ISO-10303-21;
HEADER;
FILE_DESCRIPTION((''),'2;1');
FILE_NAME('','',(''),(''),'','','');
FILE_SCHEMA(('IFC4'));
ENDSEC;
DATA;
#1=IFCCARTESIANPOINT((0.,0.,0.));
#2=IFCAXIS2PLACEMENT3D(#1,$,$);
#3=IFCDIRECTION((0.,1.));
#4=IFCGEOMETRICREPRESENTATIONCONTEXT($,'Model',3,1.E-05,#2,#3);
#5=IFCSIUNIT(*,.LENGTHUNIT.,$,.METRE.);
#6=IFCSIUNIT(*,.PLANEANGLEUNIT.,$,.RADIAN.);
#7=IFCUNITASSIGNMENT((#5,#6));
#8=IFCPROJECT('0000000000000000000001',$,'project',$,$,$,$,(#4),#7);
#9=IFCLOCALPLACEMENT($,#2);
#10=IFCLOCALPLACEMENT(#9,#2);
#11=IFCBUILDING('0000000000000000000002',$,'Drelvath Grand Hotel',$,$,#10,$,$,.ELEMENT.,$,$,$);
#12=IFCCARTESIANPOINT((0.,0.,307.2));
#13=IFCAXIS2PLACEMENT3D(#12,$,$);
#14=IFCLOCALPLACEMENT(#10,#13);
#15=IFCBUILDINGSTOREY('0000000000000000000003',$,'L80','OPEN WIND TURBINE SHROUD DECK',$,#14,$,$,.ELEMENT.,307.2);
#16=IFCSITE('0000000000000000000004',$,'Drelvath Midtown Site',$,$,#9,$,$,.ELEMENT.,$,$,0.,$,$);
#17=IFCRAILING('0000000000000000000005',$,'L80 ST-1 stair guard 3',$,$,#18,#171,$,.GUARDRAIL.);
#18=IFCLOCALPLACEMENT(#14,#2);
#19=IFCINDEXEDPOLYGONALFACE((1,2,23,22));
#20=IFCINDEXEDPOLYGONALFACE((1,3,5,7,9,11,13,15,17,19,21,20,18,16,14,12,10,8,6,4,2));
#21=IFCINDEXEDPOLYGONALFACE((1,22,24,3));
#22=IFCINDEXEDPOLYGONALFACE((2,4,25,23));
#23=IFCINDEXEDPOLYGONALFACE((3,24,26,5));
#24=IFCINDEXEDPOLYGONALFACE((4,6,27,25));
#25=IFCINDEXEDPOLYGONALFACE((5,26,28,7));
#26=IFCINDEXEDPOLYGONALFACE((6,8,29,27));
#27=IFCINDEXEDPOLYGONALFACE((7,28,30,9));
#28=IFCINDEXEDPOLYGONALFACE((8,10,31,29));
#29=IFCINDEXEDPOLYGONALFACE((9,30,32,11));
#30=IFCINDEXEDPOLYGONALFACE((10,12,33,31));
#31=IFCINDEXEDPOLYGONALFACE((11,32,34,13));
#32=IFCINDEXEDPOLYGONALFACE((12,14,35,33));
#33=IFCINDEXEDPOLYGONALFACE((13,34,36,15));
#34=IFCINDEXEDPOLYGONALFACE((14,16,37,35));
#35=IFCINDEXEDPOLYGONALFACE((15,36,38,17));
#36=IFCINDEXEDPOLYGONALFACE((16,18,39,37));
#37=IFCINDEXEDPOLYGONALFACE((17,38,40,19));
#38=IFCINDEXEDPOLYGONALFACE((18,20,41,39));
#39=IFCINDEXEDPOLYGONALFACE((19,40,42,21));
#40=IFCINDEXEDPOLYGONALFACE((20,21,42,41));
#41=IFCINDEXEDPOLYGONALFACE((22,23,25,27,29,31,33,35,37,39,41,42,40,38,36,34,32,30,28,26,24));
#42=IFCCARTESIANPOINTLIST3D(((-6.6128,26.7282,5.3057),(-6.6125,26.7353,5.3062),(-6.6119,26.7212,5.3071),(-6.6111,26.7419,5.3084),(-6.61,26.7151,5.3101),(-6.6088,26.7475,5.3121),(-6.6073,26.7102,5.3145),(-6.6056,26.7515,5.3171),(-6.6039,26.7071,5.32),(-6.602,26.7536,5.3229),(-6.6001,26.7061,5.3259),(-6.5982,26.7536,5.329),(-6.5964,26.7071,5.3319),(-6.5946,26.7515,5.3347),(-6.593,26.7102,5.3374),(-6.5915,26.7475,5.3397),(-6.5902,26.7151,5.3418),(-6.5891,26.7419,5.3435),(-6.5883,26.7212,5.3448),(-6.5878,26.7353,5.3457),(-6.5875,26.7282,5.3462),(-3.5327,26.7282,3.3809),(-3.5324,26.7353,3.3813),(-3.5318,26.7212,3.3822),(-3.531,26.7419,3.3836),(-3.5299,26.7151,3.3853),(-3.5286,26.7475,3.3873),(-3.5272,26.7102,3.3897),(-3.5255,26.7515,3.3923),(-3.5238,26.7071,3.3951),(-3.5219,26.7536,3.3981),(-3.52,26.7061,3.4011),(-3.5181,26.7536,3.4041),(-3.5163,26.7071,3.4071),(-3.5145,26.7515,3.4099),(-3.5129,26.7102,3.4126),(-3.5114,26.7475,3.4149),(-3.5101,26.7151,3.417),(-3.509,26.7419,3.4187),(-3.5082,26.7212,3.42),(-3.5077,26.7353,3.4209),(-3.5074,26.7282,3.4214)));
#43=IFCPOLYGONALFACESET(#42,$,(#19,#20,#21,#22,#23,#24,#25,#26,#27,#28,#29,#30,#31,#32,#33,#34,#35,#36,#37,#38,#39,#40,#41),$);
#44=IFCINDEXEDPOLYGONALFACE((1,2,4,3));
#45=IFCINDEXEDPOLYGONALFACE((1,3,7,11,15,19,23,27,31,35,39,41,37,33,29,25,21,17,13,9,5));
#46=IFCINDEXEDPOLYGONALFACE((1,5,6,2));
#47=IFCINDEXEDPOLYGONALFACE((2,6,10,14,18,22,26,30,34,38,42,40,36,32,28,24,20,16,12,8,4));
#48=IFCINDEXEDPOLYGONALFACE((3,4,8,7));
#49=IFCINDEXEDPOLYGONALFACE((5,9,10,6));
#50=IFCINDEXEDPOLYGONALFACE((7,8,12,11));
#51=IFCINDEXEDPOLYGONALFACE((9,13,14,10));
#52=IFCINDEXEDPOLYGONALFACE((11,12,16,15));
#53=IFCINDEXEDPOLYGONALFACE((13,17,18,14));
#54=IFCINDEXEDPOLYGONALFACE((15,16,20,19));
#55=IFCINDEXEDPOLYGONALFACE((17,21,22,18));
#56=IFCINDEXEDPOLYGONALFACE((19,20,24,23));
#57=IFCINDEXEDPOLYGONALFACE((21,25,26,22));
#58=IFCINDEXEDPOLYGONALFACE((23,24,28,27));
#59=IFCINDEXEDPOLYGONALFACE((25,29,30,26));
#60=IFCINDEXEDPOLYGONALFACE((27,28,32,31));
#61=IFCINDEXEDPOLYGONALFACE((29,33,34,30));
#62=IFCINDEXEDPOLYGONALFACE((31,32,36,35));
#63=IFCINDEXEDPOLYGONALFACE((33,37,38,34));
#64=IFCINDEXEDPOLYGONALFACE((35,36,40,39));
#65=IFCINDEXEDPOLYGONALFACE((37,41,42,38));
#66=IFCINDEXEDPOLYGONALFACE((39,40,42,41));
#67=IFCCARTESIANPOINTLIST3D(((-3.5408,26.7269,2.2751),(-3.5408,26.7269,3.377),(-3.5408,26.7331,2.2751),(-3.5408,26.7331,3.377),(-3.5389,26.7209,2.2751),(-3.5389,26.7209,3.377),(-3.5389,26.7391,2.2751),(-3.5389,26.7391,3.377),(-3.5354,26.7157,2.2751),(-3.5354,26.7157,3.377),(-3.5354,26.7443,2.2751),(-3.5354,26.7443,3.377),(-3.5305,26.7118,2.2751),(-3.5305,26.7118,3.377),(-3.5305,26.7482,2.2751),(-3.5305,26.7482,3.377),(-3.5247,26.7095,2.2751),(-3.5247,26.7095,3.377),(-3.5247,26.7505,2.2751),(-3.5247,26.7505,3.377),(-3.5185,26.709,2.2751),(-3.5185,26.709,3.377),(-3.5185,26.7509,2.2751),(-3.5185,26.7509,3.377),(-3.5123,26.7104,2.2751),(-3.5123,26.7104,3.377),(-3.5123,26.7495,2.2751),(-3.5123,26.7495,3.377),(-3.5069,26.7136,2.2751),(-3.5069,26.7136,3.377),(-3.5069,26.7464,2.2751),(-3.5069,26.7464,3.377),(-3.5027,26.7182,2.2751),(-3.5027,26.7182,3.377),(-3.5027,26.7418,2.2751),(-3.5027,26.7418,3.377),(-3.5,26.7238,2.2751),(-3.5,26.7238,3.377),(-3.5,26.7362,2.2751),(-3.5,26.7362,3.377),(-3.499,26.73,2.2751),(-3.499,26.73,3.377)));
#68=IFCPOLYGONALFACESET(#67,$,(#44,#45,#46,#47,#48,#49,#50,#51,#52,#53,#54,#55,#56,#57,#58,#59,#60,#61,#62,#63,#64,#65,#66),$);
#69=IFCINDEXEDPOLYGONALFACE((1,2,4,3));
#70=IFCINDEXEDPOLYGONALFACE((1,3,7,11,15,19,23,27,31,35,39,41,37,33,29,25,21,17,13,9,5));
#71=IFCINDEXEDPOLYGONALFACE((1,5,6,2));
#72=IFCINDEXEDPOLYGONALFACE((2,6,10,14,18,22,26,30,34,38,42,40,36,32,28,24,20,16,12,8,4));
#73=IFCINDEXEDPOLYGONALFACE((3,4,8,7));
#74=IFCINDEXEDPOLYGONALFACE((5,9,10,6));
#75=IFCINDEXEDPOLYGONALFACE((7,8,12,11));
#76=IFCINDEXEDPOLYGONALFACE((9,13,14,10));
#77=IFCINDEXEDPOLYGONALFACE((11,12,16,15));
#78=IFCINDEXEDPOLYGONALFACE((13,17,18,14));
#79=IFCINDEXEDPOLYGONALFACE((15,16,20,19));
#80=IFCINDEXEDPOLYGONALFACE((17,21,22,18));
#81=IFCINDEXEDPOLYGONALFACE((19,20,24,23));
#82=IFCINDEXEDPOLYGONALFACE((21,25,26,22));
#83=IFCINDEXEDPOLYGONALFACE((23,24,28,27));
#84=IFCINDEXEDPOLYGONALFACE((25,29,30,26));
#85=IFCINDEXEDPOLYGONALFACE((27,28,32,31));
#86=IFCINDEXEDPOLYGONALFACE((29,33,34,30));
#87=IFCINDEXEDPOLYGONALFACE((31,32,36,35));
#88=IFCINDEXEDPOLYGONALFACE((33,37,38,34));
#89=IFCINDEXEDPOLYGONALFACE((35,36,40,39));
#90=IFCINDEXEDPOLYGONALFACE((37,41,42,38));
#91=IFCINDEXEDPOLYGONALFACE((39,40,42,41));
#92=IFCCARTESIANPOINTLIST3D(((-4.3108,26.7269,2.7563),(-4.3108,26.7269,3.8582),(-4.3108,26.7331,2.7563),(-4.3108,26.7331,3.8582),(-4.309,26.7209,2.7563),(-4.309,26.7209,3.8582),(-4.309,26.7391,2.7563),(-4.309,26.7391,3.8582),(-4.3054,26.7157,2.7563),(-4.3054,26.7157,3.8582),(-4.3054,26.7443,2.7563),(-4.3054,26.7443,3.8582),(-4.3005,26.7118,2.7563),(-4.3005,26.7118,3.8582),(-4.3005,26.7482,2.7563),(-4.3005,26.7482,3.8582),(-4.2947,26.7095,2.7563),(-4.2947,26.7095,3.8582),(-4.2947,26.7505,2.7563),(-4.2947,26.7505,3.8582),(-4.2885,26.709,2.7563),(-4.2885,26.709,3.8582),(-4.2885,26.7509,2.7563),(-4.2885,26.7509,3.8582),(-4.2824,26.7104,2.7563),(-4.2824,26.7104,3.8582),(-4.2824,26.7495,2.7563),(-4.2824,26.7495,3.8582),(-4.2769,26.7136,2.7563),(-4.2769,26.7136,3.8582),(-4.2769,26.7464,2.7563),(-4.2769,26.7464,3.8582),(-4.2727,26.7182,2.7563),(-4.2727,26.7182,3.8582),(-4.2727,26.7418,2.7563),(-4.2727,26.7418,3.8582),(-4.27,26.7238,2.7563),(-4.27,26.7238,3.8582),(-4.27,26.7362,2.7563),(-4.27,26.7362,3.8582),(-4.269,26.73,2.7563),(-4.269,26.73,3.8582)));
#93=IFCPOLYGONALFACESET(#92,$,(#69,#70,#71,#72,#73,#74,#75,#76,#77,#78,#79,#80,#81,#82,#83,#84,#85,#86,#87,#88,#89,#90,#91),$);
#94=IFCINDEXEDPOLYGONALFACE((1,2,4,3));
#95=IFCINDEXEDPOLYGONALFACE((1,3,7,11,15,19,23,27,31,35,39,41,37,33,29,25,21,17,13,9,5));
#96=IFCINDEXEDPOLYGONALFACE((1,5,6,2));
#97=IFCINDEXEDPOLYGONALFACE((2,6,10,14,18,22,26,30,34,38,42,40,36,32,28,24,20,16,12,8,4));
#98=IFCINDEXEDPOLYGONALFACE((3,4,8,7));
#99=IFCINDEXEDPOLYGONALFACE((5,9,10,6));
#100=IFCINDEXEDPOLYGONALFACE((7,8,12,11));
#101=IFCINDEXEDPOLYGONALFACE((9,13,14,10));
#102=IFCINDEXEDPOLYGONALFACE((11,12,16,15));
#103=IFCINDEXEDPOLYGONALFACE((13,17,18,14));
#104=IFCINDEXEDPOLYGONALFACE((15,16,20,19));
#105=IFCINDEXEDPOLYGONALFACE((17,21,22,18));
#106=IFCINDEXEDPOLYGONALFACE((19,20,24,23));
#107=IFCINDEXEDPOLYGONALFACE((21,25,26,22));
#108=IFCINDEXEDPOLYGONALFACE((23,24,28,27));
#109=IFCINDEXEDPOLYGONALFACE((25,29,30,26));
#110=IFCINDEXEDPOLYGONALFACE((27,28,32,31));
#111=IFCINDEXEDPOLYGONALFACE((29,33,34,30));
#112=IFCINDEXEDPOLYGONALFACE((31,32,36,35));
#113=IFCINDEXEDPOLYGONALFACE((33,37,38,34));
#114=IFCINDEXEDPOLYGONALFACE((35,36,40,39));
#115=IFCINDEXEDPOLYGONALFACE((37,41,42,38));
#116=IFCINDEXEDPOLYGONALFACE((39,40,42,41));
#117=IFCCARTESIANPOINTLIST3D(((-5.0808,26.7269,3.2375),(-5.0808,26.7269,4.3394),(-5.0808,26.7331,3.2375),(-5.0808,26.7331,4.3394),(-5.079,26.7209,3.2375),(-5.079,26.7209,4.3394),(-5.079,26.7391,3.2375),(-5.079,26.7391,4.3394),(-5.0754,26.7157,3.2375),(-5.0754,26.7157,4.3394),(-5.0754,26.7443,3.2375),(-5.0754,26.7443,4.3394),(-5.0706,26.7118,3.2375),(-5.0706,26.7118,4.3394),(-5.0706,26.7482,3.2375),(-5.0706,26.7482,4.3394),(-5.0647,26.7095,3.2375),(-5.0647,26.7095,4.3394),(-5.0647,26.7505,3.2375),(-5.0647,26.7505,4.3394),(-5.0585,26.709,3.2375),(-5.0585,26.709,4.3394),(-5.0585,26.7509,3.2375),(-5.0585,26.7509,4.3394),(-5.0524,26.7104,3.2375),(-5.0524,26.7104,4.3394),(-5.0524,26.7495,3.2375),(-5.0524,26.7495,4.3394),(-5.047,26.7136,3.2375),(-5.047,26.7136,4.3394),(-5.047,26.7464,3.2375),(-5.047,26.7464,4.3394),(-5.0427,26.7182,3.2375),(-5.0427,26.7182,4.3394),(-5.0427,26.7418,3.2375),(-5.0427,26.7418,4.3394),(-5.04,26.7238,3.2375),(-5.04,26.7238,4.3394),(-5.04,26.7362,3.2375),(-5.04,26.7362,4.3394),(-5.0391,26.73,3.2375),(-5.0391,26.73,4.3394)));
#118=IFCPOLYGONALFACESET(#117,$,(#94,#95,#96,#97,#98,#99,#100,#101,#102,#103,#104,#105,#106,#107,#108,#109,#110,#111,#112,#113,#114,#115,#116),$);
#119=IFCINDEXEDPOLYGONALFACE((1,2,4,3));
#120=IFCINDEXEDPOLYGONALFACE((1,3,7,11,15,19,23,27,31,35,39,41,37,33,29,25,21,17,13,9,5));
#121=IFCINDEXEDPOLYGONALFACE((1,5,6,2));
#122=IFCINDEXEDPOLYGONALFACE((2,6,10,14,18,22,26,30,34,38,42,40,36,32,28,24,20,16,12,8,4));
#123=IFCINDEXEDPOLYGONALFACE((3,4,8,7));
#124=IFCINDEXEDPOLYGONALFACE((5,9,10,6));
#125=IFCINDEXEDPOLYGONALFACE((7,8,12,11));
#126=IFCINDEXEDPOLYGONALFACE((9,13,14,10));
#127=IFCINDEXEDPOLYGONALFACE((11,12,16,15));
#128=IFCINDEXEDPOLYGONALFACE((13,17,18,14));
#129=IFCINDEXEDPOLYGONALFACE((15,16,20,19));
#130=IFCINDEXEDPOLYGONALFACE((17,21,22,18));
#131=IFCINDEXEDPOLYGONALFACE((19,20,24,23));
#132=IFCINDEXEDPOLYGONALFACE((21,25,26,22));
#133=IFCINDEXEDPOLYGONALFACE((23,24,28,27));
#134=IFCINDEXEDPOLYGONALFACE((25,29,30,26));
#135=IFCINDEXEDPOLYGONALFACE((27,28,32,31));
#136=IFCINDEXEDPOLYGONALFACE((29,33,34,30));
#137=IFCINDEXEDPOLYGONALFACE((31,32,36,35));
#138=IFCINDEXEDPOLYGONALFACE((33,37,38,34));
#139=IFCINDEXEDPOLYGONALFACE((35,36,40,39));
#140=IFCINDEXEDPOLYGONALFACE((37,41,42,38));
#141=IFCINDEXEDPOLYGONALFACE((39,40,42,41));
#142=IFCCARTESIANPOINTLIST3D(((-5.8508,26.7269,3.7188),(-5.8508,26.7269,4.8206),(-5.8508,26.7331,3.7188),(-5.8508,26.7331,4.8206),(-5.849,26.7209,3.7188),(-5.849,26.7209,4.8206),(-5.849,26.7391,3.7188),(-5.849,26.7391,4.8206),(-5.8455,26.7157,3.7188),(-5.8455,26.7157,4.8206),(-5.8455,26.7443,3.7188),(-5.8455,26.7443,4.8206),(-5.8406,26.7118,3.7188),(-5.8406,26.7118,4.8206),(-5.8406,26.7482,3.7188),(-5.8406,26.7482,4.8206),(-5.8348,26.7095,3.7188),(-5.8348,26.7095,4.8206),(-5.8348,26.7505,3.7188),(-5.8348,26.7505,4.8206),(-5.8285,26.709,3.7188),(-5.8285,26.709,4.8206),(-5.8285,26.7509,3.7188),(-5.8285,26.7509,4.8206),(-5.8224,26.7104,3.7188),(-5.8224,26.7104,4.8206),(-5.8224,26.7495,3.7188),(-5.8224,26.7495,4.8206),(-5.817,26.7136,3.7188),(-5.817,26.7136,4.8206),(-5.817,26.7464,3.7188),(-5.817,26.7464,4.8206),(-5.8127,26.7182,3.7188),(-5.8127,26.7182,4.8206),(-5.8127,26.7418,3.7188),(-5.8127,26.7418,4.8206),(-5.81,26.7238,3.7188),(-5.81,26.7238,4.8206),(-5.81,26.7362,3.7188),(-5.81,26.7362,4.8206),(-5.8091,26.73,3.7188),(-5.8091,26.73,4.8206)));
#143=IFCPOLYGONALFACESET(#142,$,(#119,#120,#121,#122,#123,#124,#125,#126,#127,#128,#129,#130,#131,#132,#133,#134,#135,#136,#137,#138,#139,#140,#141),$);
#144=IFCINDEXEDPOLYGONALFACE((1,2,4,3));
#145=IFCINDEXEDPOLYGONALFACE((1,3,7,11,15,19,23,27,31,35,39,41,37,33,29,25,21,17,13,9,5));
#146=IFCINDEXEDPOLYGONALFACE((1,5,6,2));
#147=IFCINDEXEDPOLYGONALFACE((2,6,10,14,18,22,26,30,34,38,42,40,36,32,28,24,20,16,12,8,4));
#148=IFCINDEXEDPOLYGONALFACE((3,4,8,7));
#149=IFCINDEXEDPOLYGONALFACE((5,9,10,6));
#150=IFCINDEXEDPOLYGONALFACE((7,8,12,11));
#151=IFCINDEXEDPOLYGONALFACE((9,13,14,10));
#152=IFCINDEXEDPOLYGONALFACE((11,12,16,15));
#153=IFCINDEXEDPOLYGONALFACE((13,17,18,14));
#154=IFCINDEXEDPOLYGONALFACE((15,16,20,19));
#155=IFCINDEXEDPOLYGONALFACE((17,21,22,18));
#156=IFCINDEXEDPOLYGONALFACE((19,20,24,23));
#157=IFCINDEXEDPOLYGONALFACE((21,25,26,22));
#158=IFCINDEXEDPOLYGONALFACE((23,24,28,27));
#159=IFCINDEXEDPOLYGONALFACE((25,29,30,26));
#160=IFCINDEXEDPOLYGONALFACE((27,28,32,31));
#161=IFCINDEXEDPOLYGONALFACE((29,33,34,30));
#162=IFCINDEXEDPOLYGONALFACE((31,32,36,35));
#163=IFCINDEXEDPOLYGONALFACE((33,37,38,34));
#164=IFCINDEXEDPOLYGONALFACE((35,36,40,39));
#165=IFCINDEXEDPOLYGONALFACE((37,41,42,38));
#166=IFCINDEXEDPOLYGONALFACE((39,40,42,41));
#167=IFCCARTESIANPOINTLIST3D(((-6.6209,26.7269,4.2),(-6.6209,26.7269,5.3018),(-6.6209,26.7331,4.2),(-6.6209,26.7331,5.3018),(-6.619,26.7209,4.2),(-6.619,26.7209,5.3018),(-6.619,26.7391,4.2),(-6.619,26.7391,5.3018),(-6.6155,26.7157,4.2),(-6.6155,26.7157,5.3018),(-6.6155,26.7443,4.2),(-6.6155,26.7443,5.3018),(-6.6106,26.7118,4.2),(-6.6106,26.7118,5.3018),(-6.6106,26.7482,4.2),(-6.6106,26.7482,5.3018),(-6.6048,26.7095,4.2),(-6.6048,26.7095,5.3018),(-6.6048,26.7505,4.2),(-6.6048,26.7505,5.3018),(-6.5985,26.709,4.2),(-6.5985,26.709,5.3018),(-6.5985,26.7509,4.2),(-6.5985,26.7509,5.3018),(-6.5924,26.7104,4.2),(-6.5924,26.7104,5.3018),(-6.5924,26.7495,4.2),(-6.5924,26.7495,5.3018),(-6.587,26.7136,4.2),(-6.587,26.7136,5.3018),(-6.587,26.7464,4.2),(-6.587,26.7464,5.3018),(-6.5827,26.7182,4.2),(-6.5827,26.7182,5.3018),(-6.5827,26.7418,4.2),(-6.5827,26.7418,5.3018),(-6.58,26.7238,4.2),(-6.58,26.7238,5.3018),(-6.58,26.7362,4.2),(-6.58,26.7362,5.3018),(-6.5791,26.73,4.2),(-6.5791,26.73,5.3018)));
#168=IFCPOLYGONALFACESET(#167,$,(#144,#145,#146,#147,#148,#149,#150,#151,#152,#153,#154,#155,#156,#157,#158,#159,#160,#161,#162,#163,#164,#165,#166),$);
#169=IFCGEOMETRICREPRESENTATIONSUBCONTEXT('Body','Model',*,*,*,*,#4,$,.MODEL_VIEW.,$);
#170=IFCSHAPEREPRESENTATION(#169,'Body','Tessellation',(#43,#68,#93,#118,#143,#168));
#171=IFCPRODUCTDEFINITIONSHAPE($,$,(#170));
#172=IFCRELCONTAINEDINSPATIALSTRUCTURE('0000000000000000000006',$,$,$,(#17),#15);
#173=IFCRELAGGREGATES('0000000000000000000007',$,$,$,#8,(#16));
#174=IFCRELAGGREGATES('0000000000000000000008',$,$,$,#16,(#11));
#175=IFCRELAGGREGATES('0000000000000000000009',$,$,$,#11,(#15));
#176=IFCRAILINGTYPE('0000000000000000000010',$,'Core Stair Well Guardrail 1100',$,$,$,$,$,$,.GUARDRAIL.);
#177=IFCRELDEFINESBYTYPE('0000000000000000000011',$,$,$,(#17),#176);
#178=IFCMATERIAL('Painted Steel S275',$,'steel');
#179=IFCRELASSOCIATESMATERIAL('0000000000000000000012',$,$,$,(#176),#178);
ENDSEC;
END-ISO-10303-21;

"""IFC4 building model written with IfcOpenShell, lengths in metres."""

from ifc_helpers import new_model, si_unit, direction, frame, origin, origin_2d, place, context, subcontext, project, spatial, circle, extrude, material, type_object, element, save


model = new_model("IFC4")

# Units and contexts
model_context = context("Model", 3, precision=1e-05, world=origin(), true_north=direction((0.0, 1.0)))
body_context = subcontext(model_context, "Body", "Model", "MODEL_VIEW")
ifc_project = project(units=[si_unit("LENGTHUNIT", "METRE"), si_unit("PLANEANGLEUNIT", "RADIAN")], contexts=[model_context])

# Site, building, storey
site_placement = place(None, origin())
site = spatial("IfcSite", under=ifc_project, at=site_placement, Name="Drelvath Midtown Site", CompositionType="ELEMENT", RefElevation=0.0)
building_placement = place(site_placement, origin())
building = spatial("IfcBuilding", under=site, at=building_placement, Name="Drelvath Grand Hotel", CompositionType="ELEMENT")
storey_placement = place(building_placement, frame((0.0, 0.0, 307.2)))
storey = spatial("IfcBuildingStorey", under=building, at=storey_placement, Name="L80", Description="OPEN WIND TURBINE SHROUD DECK", CompositionType="ELEMENT", Elevation=307.2)

# Shared definitions
ifc_material_1 = material(Name="Painted Steel S275", Category="steel")

# Railing
railing_type_1 = type_object("IfcRailingType", Name="Core Stair Well Guardrail 1100", PredefinedType="GUARDRAIL", material=ifc_material_1)
railing_1_placement = place(storey_placement, frame((-3.52, 26.73, 2.2751)))
element("IfcRailing", 1, at=railing_1_placement, inside=storey, type_object=railing_type_1, Name="L80 ST-1 stair guard 3", PredefinedType="GUARDRAIL", context=body_context, shape_type="SweptSolid", body=[
    extrude(circle(Radius=0.0239, at=origin_2d()), frame((0.0, 0.0, 1.126), z_axis=(-0.848029, 0.0, 0.529951), x_axis=(0.0, -1.0, 0.0)), (0.0, 0.0, 1.0), 3.6321),
    extrude(circle(Radius=0.021, at=origin_2d()), origin(), (0.0, 0.0, 1.0), 1.1018),
    extrude(circle(Radius=0.021, at=origin_2d()), frame((-0.77, 0.0, 0.4812)), (0.0, 0.0, 1.0), 1.1018),
    extrude(circle(Radius=0.021, at=origin_2d()), frame((-1.54, 0.0, 0.9624)), (0.0, 0.0, 1.0), 1.1018),
    extrude(circle(Radius=0.021, at=origin_2d()), frame((-2.3101, 0.0, 1.4436)), (0.0, 0.0, 1.0), 1.1018),
    extrude(circle(Radius=0.021, at=origin_2d()), frame((-3.0801, 0.0, 1.9248)), (0.0, 0.0, 1.0), 1.1018),
])

save(model, "model.ifc")
